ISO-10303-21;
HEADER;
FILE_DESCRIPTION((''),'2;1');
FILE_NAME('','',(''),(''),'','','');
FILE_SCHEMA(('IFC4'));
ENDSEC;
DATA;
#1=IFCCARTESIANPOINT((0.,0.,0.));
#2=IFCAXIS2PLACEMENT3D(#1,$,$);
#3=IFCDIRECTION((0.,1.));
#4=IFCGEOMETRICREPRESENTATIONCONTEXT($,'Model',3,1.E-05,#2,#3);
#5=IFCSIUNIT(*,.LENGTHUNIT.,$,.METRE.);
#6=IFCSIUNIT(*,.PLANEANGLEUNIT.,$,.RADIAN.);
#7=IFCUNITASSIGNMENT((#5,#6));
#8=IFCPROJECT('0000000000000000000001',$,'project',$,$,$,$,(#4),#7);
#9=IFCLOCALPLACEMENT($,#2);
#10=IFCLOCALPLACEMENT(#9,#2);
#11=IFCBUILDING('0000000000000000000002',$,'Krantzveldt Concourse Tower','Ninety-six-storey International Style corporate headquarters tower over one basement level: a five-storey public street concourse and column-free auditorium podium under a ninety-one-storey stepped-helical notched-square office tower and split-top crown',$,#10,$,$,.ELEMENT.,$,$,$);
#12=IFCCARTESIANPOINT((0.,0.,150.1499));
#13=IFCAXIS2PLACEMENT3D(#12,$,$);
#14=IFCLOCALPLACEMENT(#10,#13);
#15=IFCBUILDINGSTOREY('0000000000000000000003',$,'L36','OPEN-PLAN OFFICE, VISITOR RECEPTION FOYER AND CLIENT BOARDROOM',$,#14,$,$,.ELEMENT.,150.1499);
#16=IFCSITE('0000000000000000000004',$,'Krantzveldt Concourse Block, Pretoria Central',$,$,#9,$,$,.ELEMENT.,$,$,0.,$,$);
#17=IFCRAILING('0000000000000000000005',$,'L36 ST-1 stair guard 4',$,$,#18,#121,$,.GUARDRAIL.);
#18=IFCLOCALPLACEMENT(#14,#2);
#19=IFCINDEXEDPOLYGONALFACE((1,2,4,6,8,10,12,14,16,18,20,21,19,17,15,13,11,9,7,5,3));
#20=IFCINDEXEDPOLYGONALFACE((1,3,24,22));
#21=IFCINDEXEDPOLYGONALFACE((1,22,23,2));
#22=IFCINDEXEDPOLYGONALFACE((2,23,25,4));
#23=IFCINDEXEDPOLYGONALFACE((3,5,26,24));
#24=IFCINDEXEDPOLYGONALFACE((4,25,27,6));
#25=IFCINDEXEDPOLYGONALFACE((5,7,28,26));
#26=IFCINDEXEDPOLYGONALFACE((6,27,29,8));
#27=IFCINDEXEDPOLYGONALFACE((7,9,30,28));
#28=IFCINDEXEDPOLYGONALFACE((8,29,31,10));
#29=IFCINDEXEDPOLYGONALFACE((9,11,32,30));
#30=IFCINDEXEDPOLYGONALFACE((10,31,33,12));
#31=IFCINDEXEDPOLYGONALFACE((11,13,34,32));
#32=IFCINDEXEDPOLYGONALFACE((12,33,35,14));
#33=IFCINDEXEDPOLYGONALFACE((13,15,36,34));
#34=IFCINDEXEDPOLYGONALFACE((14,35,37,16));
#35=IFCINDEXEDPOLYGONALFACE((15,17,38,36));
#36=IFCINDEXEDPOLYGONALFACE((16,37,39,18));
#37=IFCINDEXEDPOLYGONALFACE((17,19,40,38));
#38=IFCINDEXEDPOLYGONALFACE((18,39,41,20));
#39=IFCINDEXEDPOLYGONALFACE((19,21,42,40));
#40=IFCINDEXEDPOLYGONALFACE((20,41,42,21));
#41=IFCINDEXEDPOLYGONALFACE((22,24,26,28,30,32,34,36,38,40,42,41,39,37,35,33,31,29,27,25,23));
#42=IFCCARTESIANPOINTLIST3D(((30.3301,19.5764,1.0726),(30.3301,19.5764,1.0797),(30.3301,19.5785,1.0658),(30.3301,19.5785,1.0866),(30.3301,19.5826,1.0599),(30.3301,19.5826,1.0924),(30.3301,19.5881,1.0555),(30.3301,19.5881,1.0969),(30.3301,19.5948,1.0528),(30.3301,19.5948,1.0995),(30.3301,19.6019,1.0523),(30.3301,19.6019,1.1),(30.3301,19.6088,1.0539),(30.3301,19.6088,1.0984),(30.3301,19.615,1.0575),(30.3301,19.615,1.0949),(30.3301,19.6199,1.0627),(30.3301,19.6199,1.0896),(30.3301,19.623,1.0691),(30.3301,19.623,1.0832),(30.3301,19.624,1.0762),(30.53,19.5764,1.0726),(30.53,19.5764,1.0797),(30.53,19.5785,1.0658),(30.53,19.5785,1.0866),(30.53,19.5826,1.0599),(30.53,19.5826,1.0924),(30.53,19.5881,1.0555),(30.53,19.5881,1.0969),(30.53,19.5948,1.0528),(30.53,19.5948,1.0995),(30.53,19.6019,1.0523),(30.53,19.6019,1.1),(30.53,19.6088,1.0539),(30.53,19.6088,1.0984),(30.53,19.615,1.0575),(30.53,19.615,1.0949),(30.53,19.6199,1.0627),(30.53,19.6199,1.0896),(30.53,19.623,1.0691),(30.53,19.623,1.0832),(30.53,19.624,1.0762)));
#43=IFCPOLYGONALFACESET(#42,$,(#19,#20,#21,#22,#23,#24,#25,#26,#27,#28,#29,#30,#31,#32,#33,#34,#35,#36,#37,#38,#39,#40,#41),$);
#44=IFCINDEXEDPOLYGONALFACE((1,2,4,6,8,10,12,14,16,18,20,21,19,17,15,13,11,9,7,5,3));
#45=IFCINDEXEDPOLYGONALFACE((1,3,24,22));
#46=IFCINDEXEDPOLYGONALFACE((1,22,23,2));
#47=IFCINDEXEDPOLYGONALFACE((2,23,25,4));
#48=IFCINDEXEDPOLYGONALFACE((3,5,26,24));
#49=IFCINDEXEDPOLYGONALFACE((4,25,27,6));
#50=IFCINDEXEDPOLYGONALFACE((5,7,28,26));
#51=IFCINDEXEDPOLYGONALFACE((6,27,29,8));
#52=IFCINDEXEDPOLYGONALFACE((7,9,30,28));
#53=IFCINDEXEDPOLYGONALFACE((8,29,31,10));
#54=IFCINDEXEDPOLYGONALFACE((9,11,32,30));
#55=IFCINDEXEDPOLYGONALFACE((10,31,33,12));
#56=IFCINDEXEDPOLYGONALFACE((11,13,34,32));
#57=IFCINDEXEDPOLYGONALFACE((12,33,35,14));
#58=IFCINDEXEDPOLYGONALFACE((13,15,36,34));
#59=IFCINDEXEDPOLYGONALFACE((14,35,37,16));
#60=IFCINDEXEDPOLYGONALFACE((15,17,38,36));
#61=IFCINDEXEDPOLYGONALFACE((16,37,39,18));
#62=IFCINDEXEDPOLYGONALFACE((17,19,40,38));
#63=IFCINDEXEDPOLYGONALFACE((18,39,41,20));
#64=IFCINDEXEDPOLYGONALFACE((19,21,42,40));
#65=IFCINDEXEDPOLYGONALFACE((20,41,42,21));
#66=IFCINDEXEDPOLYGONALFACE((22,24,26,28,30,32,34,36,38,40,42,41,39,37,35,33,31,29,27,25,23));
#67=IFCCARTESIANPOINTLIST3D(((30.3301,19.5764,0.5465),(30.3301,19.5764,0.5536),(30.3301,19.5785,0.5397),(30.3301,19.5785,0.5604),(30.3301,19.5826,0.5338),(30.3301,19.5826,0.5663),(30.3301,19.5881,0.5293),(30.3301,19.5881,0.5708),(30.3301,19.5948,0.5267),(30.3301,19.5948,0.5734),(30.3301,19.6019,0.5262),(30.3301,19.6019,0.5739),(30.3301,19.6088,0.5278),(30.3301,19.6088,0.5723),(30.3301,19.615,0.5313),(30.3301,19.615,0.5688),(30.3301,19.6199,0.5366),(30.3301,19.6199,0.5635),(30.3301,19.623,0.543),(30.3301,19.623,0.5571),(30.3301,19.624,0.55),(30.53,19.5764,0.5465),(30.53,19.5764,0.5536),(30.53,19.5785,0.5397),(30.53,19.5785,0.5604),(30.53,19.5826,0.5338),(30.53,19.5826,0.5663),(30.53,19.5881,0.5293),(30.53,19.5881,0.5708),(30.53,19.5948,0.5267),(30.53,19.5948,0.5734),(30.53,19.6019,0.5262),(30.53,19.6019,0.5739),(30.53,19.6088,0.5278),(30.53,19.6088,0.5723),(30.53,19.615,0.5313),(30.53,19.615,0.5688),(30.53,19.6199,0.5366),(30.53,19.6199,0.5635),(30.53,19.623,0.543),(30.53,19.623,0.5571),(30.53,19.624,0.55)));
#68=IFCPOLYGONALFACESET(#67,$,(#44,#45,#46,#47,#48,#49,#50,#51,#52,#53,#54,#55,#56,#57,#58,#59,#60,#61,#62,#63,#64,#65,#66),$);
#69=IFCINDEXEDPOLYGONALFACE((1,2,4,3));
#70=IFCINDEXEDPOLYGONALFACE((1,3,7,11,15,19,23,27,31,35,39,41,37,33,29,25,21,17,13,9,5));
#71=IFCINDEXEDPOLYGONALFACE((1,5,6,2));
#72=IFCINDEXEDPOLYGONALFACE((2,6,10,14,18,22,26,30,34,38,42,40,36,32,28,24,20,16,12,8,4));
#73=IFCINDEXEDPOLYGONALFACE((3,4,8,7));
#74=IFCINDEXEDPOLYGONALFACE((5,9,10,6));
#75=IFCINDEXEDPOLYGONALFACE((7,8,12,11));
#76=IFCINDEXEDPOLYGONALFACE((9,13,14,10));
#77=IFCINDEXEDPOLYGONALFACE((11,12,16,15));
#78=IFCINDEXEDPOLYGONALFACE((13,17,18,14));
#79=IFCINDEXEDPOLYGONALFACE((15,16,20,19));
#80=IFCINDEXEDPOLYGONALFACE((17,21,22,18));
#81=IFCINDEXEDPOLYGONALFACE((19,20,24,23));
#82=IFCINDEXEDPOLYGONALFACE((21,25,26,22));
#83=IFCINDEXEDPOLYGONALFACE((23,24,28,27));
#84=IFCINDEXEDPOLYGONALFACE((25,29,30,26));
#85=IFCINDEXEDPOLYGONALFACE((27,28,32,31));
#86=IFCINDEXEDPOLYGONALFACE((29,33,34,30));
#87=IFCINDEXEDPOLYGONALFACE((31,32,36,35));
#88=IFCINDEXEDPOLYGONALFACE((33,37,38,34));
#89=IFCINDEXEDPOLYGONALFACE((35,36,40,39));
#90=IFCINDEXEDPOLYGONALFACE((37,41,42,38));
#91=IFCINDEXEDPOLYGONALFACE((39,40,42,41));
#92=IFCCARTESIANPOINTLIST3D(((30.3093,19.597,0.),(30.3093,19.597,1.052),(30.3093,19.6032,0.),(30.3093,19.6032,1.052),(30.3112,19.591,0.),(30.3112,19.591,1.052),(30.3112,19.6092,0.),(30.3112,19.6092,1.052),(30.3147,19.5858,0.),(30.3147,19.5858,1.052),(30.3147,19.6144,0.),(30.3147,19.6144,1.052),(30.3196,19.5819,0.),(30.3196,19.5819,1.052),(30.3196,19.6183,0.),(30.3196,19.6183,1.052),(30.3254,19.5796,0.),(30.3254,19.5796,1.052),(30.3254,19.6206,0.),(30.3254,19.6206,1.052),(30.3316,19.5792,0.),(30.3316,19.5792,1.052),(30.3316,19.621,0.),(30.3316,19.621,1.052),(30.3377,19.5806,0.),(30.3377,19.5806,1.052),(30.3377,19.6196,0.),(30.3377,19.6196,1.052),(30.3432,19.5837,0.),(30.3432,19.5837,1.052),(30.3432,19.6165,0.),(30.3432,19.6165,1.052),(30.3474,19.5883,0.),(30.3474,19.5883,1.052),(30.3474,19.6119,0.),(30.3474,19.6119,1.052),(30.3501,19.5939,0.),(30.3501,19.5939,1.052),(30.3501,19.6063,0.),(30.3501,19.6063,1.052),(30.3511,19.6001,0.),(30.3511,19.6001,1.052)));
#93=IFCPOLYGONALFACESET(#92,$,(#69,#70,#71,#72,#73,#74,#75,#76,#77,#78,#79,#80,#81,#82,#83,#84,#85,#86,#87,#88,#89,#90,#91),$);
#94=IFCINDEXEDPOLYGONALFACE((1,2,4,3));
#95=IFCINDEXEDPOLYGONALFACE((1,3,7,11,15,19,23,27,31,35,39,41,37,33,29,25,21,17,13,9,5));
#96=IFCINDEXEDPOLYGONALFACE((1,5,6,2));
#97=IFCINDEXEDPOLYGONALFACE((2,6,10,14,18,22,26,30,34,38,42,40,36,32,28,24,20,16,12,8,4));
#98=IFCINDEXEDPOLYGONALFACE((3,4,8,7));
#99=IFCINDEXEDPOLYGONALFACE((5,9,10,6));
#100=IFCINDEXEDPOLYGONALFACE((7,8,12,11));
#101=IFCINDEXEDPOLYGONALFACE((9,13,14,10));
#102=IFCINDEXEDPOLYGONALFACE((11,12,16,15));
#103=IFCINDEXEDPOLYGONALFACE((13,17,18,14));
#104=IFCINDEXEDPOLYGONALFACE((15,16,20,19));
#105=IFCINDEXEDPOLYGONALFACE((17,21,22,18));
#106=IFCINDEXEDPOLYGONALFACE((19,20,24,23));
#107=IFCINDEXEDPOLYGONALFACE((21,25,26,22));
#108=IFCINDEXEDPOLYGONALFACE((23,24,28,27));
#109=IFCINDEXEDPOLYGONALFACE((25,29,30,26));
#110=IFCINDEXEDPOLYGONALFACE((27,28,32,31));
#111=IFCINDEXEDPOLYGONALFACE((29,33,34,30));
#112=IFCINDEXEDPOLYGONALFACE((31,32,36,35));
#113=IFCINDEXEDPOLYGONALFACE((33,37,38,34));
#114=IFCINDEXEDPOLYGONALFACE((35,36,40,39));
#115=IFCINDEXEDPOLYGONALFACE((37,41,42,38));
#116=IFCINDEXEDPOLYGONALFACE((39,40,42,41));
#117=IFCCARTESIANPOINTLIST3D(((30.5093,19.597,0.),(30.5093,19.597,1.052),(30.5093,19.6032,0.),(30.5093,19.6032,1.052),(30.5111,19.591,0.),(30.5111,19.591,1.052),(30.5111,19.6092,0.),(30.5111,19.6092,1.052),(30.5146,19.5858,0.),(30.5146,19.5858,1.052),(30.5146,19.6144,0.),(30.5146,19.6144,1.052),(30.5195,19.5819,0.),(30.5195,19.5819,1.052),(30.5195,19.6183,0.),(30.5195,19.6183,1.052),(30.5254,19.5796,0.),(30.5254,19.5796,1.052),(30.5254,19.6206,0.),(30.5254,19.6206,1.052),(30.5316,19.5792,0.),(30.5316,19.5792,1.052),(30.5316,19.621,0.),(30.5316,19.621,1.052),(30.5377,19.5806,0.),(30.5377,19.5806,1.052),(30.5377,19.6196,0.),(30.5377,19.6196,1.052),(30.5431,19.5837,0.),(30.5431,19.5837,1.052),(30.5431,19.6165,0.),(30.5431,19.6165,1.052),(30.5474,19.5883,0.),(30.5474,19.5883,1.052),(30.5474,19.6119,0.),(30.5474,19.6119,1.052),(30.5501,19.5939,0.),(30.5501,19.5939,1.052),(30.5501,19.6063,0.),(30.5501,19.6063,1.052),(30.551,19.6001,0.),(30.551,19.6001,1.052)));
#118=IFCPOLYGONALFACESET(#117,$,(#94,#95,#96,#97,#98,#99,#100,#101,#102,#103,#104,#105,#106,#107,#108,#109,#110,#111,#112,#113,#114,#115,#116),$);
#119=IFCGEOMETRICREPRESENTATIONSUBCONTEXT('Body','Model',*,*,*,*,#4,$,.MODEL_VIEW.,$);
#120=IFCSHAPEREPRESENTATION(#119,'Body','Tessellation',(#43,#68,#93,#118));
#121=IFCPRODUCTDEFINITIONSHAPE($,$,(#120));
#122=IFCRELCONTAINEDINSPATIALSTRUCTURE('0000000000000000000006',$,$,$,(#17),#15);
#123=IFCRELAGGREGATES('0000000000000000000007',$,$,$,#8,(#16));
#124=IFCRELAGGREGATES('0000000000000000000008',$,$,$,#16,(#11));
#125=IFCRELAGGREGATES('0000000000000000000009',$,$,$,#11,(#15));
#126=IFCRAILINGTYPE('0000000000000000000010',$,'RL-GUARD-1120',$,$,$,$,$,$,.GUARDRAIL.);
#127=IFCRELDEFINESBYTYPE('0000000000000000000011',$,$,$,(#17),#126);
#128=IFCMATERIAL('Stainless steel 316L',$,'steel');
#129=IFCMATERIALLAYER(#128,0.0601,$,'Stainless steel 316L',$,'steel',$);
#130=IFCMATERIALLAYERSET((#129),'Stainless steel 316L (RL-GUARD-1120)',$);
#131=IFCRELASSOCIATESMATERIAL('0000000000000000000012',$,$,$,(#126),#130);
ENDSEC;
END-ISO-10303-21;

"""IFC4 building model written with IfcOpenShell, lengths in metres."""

from ifc_helpers import new_model, si_unit, direction, frame, origin, origin_2d, place, context, subcontext, project, spatial, circle, extrude, material, layer, layer_set, type_object, element, save


model = new_model("IFC4")

# Units and contexts
model_context = context("Model", 3, precision=1e-05, world=origin(), true_north=direction((0.0, 1.0)))
body_context = subcontext(model_context, "Body", "Model", "MODEL_VIEW")
ifc_project = project(units=[si_unit("LENGTHUNIT", "METRE"), si_unit("PLANEANGLEUNIT", "RADIAN")], contexts=[model_context])

# Site, building, storey
site_placement = place(None, origin())
site = spatial("IfcSite", under=ifc_project, at=site_placement, Name="Krantzveldt Concourse Block, Pretoria Central", CompositionType="ELEMENT", RefElevation=0.0)
building_placement = place(site_placement, origin())
building = spatial("IfcBuilding", under=site, at=building_placement, Name="Krantzveldt Concourse Tower", Description="Ninety-six-storey International Style corporate headquarters tower over one basement level: a five-storey public street concourse and column-free auditorium podium under a ninety-one-storey stepped-helical notched-square office tower and split-top crown", CompositionType="ELEMENT")
storey_placement = place(building_placement, frame((0.0, 0.0, 150.1499)))
storey = spatial("IfcBuildingStorey", under=building, at=storey_placement, Name="L36", Description="OPEN-PLAN OFFICE, VISITOR RECEPTION FOYER AND CLIENT BOARDROOM", CompositionType="ELEMENT", Elevation=150.1499)

# Shared definitions
ifc_material_1 = material(Name="Stainless steel 316L", Category="steel")

# Railing
ifc_layer_1 = layer(ifc_material_1, 0.0601, Name="Stainless steel 316L", Category="steel")
ifc_layer_set_1 = layer_set([ifc_layer_1], Name="Stainless steel 316L (RL-GUARD-1120)")
railing_type_1 = type_object("IfcRailingType", Name="RL-GUARD-1120", PredefinedType="GUARDRAIL", material=ifc_layer_set_1)
railing_1_placement = place(storey_placement, frame((30.3301, 19.6001, 0.0)))
element("IfcRailing", 1, at=railing_1_placement, inside=storey, type_object=railing_type_1, Name="L36 ST-1 stair guard 4", PredefinedType="GUARDRAIL", context=body_context, shape_type="SweptSolid", body=[
    extrude(circle(Radius=0.0239, at=origin_2d()), frame((0.0, 0.0, 1.0762), z_axis=(1.0, 0.0, 0.0), x_axis=(0.0, 1.0, 0.0)), (0.0, 0.0, 1.0), 0.2),
    extrude(circle(Radius=0.0239, at=origin_2d()), frame((0.0, 0.0, 0.55), z_axis=(1.0, 0.0, 0.0), x_axis=(0.0, 1.0, 0.0)), (0.0, 0.0, 1.0), 0.2),
    extrude(circle(Radius=0.021, at=origin_2d()), origin(), (0.0, 0.0, 1.0), 1.052),
    extrude(circle(Radius=0.021, at=origin_2d()), frame((0.2, 0.0, 0.0)), (0.0, 0.0, 1.0), 1.052),
])

save(model, "model.ifc")
